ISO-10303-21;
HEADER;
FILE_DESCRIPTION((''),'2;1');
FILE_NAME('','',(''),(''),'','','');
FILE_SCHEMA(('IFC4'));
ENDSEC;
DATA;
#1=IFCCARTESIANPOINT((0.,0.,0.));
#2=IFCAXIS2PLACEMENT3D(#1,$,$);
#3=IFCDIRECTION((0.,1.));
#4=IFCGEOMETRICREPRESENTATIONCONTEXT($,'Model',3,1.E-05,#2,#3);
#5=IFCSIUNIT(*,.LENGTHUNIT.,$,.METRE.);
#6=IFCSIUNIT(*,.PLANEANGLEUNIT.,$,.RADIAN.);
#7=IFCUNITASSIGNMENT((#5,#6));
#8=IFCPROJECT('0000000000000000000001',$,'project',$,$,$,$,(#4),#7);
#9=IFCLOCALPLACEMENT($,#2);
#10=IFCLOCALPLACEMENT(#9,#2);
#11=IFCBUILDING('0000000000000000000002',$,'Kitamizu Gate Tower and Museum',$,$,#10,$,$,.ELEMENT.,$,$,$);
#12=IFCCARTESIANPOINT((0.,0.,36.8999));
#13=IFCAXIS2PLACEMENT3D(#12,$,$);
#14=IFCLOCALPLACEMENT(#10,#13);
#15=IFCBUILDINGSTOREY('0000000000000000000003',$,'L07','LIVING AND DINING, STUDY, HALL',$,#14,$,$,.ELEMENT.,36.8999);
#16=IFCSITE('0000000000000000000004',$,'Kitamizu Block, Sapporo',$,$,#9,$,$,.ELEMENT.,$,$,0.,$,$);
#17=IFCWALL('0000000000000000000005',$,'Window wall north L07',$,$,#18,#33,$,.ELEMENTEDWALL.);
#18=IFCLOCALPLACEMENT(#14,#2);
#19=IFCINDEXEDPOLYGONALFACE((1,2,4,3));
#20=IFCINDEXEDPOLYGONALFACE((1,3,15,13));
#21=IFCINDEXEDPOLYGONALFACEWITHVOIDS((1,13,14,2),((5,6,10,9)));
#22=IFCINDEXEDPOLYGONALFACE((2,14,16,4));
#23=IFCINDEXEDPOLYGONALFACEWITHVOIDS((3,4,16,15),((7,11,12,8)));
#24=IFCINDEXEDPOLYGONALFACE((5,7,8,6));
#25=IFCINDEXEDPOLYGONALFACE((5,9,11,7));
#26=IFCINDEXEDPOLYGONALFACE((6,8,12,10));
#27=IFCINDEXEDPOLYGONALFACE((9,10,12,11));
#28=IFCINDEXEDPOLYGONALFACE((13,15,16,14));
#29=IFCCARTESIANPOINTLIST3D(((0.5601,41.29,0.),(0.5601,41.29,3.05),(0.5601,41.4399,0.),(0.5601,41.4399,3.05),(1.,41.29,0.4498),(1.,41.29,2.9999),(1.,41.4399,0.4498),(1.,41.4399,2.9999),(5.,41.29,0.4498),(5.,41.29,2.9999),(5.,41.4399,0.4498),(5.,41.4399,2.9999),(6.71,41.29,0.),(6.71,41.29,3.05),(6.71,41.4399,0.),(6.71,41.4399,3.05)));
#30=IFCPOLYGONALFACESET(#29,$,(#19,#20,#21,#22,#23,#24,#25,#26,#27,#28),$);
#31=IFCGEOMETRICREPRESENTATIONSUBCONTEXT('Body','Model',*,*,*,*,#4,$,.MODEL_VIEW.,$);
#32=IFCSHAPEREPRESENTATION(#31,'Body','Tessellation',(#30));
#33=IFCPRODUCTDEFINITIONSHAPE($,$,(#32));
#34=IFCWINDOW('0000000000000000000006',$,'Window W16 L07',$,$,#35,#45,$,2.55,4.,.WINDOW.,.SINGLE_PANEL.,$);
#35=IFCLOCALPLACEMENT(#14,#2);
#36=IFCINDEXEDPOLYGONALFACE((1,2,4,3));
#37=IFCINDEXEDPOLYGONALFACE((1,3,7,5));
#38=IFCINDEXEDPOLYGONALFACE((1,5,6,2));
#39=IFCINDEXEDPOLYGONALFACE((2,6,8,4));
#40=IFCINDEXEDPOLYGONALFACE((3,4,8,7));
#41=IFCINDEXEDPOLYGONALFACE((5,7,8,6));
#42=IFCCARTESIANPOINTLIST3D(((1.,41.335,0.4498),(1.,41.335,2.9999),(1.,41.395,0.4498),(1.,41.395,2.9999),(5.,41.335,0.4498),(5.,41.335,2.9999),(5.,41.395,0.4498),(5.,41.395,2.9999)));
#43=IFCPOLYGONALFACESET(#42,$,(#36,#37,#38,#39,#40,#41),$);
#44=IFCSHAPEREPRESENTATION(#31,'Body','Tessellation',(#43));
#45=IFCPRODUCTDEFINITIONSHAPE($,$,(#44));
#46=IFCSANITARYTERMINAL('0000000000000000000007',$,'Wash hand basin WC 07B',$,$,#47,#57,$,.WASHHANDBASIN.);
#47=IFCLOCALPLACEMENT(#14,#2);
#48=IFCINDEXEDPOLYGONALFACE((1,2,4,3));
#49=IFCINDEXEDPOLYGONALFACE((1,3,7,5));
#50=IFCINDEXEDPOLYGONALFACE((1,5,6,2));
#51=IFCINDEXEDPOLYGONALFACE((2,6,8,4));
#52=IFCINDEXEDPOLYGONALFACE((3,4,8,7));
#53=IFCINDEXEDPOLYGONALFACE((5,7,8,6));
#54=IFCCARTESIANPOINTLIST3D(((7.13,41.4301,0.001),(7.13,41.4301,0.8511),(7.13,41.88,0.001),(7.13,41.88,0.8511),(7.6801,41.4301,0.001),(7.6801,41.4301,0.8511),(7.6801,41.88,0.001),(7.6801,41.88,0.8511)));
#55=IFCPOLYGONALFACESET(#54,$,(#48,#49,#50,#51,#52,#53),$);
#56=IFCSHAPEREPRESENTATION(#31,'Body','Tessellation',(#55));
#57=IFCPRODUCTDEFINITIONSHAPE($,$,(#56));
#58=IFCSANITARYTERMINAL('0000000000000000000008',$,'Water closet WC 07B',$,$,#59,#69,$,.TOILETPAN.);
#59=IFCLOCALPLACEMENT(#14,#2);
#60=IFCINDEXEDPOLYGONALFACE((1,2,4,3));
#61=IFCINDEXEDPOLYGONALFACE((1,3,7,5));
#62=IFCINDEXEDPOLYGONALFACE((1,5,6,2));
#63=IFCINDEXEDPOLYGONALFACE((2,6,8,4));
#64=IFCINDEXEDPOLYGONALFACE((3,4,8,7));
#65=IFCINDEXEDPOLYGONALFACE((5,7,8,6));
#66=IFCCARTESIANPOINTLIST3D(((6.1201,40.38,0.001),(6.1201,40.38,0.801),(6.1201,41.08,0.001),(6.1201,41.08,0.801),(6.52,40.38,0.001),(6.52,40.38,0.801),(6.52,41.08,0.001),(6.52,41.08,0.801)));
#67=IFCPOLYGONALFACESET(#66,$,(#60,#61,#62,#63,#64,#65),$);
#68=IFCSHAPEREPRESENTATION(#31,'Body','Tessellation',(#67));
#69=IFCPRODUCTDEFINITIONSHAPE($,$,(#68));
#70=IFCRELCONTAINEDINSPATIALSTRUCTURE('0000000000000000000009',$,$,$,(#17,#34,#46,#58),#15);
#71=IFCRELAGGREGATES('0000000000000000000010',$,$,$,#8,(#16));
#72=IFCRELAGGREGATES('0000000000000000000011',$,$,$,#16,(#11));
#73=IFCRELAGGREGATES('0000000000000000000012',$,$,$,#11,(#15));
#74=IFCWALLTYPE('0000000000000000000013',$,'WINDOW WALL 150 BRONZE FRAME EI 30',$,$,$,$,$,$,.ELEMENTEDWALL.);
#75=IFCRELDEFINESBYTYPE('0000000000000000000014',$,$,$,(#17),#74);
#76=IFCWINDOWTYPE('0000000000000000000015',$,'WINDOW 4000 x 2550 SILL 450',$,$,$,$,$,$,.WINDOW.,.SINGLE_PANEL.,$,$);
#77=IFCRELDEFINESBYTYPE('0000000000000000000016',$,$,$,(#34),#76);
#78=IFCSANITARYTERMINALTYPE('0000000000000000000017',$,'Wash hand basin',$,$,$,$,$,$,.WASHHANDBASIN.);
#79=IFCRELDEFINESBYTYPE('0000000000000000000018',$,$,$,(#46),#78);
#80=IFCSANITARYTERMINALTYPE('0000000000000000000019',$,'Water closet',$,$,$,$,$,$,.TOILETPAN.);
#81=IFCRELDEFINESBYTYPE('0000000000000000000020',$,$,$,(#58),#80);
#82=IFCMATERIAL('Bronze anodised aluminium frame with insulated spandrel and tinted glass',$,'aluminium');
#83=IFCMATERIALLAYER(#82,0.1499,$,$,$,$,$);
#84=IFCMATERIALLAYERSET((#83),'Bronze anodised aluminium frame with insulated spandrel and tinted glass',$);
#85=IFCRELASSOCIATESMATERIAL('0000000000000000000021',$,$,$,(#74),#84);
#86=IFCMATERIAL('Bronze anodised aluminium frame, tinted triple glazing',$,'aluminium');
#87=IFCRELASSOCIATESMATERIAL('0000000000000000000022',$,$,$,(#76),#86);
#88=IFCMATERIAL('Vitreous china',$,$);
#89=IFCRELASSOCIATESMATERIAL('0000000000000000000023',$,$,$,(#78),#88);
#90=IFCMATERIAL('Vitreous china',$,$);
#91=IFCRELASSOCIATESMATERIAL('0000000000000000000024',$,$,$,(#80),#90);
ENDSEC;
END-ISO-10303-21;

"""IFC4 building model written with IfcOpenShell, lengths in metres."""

from ifc_helpers import new_model, si_unit, direction, frame, frame_2d, origin, origin_2d, place, context, subcontext, project, spatial, rectangle, extrude, material, layer, layer_set, type_object, element, fill, save


model = new_model("IFC4")

# Units and contexts
model_context = context("Model", 3, precision=1e-05, world=origin(), true_north=direction((0.0, 1.0)))
body_context = subcontext(model_context, "Body", "Model", "MODEL_VIEW")
ifc_project = project(units=[si_unit("LENGTHUNIT", "METRE"), si_unit("PLANEANGLEUNIT", "RADIAN")], contexts=[model_context])

# Site, building, storey
site_placement = place(None, origin())
site = spatial("IfcSite", under=ifc_project, at=site_placement, Name="Kitamizu Block, Sapporo", CompositionType="ELEMENT", RefElevation=0.0)
building_placement = place(site_placement, origin())
building = spatial("IfcBuilding", under=site, at=building_placement, Name="Kitamizu Gate Tower and Museum", CompositionType="ELEMENT")
storey_placement = place(building_placement, frame((0.0, 0.0, 36.8999)))
storey = spatial("IfcBuildingStorey", under=building, at=storey_placement, Name="L07", Description="LIVING AND DINING, STUDY, HALL", CompositionType="ELEMENT", Elevation=36.8999)

# Shared definitions
ifc_material_1 = material(Name="Bronze anodised aluminium frame with insulated spandrel and tinted glass", Category="aluminium")
ifc_layer_1 = layer(ifc_material_1, 0.1499)
ifc_layer_set_1 = layer_set([ifc_layer_1], Name="Bronze anodised aluminium frame with insulated spandrel and tinted glass")
wall_type_1 = type_object("IfcWallType", Name="WINDOW WALL 150 BRONZE FRAME EI 30", PredefinedType="ELEMENTEDWALL", material=ifc_layer_set_1)

# Wall, opening, window
ifc_material_2 = material(Name="Bronze anodised aluminium frame, tinted triple glazing", Category="aluminium")
window_type_1 = type_object("IfcWindowType", Name="WINDOW 4000 x 2550 SILL 450", PartitioningType="SINGLE_PANEL", PredefinedType="WINDOW", material=ifc_material_2)
wall_1_placement = place(storey_placement, frame((0.5601, 41.365, 0.0), z_axis=(0.0, 0.0, 1.0), x_axis=(1.0, 0.0, 0.0)))
wall_1 = element("IfcWall", 1, at=wall_1_placement, inside=storey, type_object=wall_type_1, Name="Window wall north L07", PredefinedType="ELEMENTEDWALL", context=body_context, shape_type="SweptSolid", body=[
    extrude(rectangle(XDim=6.1499, YDim=0.1499, at=frame_2d((3.075, 0.0))), origin(), (0.0, 0.0, 1.0), 3.05),
])
opening_1_placement = place(wall_1_placement, frame((0.4399, 0.0, 0.45)))
opening_1 = element("IfcOpeningElement", 2, at=opening_1_placement, cuts=wall_1, PredefinedType="OPENING", context=body_context, shape_type="SweptSolid", body=[
    extrude(rectangle(XDim=4.0, YDim=2.55, at=frame_2d((2.0, 1.2749))), frame((0.0, 0.085, 0.0), z_axis=(0.0, -1.0, 0.0), x_axis=(1.0, 0.0, 0.0)), (0.0, 0.0, 1.0), 0.1699),
])
window_1_placement = place(opening_1_placement, origin())
window_1 = element("IfcWindow", 3, at=window_1_placement, inside=storey, type_object=window_type_1, Name="Window W16 L07", OverallHeight=2.55, OverallWidth=4.0, PartitioningType="SINGLE_PANEL", PredefinedType="WINDOW", context=body_context, shape_type="SweptSolid", body=[
    extrude(rectangle(XDim=4.0, YDim=2.55, at=frame_2d((2.0, 1.2749))), frame((0.0, 0.03, 0.0), z_axis=(0.0, -1.0, 0.0), x_axis=(1.0, 0.0, 0.0)), (0.0, 0.0, 1.0), 0.0601),
])
fill(opening_1, window_1)

# Sanitary terminals
ifc_material_3 = material(Name="Vitreous china")
sanitary_terminal_type_1 = type_object("IfcSanitaryTerminalType", Name="Wash hand basin", PredefinedType="WASHHANDBASIN", material=ifc_material_3)
sanitary_terminal_1_placement = place(storey_placement, frame((7.405, 41.655, 0.001), z_axis=(0.0, 0.0, 1.0), x_axis=(1.0, 0.0, 0.0)))
element("IfcSanitaryTerminal", 4, at=sanitary_terminal_1_placement, inside=storey, type_object=sanitary_terminal_type_1, Name="Wash hand basin WC 07B", PredefinedType="WASHHANDBASIN", context=body_context, shape_type="SweptSolid", body=[
    extrude(rectangle(XDim=0.55, YDim=0.45, at=origin_2d()), origin(), (0.0, 0.0, 1.0), 0.8501),
])
ifc_material_4 = material(Name="Vitreous china")
sanitary_terminal_type_2 = type_object("IfcSanitaryTerminalType", Name="Water closet", PredefinedType="TOILETPAN", material=ifc_material_4)
sanitary_terminal_2_placement = place(storey_placement, frame((6.3201, 40.73, 0.001), z_axis=(0.0, 0.0, 1.0), x_axis=(1.0, 0.0, 0.0)))
element("IfcSanitaryTerminal", 5, at=sanitary_terminal_2_placement, inside=storey, type_object=sanitary_terminal_type_2, Name="Water closet WC 07B", PredefinedType="TOILETPAN", context=body_context, shape_type="SweptSolid", body=[
    extrude(rectangle(XDim=0.3999, YDim=0.7, at=origin_2d()), origin(), (0.0, 0.0, 1.0), 0.8),
])

save(model, "model.ifc")
